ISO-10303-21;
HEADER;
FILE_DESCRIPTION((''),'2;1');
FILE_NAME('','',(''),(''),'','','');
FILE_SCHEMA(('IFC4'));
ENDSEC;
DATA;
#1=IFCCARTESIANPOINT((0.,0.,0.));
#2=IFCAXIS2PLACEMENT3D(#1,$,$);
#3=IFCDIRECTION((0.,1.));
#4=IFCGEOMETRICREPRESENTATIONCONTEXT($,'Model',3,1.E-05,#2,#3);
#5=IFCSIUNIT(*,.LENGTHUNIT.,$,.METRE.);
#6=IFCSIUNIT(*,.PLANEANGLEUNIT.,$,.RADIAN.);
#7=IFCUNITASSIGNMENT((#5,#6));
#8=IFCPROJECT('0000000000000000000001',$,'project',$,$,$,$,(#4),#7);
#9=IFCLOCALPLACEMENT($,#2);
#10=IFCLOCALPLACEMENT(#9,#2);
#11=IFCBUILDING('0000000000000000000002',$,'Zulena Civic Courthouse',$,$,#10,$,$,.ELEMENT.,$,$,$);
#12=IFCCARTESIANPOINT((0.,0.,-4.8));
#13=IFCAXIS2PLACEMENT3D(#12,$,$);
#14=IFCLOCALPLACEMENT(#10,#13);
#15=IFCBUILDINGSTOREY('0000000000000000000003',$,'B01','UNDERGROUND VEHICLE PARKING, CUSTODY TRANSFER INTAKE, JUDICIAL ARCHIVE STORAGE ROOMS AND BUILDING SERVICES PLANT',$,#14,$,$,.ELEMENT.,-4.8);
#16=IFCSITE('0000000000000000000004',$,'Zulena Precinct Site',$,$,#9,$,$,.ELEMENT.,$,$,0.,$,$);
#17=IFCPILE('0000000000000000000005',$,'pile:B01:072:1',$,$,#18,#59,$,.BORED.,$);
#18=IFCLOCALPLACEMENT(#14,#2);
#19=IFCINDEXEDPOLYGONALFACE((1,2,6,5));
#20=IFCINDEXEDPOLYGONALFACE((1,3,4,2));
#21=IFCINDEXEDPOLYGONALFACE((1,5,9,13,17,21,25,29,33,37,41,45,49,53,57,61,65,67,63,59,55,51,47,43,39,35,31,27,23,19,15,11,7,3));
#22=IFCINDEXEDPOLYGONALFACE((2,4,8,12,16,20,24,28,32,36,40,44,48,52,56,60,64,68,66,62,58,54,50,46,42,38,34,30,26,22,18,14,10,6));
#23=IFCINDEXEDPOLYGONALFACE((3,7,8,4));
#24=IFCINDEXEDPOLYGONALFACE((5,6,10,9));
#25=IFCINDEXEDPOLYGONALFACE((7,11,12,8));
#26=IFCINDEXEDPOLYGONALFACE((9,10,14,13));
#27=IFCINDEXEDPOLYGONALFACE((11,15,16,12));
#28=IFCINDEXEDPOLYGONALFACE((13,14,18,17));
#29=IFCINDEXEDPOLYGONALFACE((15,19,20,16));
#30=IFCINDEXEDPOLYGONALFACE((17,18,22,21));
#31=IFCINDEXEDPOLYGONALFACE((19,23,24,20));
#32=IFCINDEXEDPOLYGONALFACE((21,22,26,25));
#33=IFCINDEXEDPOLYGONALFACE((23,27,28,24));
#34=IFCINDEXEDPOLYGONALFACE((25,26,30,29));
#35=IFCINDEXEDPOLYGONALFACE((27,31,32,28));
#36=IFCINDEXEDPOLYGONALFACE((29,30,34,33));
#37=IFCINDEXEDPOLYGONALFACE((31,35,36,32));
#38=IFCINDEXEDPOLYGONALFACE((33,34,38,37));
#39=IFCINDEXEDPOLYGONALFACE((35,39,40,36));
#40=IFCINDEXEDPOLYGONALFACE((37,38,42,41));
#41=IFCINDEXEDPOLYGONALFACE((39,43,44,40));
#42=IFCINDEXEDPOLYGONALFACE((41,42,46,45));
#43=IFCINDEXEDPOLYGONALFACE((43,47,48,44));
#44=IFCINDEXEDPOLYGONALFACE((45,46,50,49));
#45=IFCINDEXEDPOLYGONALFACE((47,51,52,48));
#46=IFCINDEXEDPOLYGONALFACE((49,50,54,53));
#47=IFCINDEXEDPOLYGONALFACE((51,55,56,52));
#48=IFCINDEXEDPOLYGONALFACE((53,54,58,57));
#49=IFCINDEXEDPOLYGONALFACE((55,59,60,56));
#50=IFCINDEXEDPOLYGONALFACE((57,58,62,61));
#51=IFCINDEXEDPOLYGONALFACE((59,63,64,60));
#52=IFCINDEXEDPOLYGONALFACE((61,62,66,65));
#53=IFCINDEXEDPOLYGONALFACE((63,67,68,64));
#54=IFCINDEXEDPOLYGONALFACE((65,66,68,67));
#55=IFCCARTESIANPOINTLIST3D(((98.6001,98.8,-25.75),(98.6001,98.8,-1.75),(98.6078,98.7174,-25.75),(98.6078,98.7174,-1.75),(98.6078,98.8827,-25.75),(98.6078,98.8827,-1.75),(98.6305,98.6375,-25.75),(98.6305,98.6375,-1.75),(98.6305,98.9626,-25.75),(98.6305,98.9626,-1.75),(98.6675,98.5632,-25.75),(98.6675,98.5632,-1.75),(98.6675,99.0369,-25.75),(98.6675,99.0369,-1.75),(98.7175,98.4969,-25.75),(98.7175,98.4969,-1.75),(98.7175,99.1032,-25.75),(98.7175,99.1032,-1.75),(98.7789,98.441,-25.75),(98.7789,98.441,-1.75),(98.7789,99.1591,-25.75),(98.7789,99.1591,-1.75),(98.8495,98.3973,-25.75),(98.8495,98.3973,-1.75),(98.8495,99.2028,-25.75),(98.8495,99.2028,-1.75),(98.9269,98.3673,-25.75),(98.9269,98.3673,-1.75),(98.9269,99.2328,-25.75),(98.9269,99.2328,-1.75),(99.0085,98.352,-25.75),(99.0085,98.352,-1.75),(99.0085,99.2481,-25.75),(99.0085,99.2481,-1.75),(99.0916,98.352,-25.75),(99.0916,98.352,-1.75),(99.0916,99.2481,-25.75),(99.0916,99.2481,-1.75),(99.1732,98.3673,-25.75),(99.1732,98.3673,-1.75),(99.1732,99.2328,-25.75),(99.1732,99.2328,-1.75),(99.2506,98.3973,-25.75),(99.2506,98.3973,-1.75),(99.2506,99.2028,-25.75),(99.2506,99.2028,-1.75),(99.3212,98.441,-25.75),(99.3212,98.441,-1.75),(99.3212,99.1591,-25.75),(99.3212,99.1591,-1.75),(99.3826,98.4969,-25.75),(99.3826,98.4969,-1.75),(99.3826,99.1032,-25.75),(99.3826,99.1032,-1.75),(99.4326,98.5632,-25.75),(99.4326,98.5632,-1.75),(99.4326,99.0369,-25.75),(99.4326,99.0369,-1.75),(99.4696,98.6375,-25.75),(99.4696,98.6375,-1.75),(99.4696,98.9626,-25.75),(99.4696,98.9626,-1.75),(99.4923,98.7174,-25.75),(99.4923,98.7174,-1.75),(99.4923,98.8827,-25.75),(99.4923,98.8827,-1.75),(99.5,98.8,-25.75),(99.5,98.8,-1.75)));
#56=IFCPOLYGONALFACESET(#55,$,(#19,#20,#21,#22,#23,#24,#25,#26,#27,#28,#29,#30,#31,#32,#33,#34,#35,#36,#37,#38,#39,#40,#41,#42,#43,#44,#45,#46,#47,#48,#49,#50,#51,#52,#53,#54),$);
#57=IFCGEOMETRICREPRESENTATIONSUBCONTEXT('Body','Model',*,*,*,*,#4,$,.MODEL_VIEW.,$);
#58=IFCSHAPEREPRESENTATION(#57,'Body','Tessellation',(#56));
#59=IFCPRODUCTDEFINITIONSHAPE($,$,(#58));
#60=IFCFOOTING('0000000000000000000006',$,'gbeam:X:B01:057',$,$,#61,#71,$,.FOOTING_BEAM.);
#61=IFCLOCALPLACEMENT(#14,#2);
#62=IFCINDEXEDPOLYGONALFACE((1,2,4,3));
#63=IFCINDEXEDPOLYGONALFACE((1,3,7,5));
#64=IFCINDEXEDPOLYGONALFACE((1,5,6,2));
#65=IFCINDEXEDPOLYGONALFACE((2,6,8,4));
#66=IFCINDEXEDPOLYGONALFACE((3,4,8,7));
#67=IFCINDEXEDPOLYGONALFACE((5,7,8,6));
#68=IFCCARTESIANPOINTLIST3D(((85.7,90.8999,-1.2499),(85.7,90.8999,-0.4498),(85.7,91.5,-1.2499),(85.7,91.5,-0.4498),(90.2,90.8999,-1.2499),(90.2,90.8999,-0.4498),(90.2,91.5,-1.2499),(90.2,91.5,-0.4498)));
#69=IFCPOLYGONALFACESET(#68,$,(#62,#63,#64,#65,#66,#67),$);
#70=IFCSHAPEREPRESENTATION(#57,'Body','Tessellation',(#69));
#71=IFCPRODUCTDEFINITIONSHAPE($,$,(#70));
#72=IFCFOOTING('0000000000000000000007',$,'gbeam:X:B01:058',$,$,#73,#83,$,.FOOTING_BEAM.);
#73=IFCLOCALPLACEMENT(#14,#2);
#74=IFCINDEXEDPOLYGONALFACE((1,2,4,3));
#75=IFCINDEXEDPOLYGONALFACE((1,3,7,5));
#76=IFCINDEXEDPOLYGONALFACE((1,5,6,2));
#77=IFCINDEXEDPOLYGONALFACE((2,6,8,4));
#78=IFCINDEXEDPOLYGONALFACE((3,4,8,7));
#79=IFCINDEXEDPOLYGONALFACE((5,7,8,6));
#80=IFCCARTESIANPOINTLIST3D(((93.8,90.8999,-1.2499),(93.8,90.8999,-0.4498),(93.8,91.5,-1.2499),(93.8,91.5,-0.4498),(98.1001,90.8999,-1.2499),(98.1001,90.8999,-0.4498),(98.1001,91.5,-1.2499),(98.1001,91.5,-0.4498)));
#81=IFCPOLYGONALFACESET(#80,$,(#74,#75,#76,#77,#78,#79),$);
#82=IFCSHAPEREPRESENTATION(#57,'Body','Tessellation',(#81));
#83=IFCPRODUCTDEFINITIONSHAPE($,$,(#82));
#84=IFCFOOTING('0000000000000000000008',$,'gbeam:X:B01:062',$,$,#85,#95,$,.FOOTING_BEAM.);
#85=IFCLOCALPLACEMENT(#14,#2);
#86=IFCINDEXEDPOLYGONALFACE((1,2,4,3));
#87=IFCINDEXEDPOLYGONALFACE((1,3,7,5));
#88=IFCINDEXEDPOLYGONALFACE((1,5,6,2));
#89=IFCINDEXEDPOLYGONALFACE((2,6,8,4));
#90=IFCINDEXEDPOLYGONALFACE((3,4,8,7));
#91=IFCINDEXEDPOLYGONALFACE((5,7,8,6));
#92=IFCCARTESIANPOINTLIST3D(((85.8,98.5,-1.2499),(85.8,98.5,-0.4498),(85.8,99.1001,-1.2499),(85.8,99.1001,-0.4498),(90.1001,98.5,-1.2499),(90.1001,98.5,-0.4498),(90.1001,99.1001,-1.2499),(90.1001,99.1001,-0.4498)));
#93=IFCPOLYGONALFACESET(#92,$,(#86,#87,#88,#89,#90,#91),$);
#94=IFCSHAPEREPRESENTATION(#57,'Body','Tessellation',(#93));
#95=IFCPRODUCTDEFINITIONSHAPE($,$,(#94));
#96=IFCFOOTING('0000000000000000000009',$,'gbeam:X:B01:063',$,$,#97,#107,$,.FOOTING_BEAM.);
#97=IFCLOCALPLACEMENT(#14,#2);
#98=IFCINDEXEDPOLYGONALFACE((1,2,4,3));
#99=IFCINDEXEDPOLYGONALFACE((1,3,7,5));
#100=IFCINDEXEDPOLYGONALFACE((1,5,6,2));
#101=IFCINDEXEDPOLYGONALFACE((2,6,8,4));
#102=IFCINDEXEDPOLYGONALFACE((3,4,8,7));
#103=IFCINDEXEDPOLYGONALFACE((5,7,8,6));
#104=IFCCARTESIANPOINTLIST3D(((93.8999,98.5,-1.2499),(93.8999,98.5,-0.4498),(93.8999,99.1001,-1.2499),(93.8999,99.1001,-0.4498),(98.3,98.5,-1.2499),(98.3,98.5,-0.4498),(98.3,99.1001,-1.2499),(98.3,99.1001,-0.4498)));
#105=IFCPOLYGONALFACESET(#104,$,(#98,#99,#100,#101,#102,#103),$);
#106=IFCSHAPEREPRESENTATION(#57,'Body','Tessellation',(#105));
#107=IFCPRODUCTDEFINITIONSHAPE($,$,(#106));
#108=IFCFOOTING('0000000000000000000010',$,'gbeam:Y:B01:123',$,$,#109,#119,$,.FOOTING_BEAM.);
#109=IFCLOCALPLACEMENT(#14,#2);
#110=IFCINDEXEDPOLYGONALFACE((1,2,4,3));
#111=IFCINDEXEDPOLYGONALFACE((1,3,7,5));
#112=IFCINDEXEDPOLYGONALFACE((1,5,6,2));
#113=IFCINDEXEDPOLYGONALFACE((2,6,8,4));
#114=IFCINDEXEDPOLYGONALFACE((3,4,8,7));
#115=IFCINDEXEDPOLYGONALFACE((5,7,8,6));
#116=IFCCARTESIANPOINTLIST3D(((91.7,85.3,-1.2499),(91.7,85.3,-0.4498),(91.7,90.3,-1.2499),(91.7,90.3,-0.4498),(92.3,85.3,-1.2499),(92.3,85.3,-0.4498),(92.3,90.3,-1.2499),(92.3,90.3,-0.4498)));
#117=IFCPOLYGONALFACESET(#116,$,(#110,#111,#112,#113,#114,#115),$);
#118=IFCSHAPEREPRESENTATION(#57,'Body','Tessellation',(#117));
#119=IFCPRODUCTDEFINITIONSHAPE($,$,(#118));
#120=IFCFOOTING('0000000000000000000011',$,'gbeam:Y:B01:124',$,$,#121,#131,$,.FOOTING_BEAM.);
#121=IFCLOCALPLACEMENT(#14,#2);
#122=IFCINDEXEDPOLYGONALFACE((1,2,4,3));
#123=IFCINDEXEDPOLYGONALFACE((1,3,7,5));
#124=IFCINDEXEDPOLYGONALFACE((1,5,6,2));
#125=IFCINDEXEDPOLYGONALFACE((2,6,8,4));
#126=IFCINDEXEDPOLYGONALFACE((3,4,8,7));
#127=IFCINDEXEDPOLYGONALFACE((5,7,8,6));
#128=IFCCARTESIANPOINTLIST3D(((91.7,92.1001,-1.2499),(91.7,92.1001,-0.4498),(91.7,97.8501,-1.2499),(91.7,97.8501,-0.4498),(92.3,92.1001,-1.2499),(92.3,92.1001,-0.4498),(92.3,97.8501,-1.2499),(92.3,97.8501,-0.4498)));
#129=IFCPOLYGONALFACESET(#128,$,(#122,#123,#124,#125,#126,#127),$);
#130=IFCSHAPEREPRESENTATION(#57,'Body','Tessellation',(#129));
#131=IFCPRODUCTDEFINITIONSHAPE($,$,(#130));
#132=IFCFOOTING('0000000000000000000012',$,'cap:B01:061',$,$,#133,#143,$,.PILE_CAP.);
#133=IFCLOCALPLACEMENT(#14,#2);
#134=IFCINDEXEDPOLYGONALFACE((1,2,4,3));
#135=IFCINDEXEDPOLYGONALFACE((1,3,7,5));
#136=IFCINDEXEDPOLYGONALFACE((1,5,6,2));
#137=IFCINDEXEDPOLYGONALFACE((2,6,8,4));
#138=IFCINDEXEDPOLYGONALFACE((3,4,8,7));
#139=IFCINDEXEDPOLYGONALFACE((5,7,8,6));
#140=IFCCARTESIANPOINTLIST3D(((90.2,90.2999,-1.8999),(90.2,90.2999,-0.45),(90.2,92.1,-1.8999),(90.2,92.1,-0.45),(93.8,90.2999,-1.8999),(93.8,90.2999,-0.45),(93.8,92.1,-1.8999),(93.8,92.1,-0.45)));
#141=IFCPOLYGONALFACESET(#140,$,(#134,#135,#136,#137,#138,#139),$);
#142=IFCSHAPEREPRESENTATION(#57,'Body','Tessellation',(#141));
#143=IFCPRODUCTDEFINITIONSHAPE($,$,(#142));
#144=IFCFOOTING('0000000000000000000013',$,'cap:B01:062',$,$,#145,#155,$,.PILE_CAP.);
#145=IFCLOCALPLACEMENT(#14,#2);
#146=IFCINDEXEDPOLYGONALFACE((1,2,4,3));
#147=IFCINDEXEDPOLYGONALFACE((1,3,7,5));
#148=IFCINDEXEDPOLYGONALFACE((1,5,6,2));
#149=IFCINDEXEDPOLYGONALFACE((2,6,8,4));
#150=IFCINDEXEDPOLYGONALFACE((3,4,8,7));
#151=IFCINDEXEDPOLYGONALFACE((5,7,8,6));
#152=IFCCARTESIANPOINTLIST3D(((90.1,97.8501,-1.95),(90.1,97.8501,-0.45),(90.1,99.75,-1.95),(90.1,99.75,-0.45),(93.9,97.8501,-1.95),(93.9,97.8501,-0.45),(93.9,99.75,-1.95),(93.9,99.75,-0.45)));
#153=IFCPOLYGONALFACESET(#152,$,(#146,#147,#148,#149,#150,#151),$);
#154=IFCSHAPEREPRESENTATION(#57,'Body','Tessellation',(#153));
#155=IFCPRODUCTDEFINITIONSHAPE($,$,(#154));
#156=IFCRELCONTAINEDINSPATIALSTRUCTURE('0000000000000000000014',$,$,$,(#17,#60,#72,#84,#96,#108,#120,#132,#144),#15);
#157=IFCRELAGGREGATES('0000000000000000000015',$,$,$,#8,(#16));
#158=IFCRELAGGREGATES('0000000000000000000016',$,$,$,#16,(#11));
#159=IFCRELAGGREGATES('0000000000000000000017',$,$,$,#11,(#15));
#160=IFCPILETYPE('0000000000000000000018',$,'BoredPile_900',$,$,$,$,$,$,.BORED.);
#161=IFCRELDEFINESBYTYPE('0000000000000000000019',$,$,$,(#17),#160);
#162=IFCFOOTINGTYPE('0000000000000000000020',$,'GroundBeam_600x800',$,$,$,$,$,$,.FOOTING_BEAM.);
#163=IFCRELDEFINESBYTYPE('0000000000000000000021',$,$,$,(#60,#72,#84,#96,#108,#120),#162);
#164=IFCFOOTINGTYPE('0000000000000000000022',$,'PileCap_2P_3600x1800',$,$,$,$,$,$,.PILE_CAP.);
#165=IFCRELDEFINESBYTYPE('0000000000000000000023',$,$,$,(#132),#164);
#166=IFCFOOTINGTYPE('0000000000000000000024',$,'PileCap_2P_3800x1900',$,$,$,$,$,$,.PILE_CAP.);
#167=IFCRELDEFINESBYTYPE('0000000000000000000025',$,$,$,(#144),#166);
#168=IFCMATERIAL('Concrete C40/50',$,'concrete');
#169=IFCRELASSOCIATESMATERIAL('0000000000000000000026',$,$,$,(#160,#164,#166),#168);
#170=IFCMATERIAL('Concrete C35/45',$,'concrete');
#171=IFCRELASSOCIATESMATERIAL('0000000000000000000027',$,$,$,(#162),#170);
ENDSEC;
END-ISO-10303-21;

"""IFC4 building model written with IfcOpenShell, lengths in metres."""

from ifc_helpers import new_model, si_unit, direction, frame, origin, origin_2d, place, context, subcontext, project, spatial, rectangle, circle, extrude, material, material_profile, profile_set, type_object, element, save


model = new_model("IFC4")

# Units and contexts
model_context = context("Model", 3, precision=1e-05, world=origin(), true_north=direction((0.0, 1.0)))
body_context = subcontext(model_context, "Body", "Model", "MODEL_VIEW")
ifc_project = project(units=[si_unit("LENGTHUNIT", "METRE"), si_unit("PLANEANGLEUNIT", "RADIAN")], contexts=[model_context])

# Site, building, storey
site_placement = place(None, origin())
site = spatial("IfcSite", under=ifc_project, at=site_placement, Name="Zulena Precinct Site", CompositionType="ELEMENT", RefElevation=0.0)
building_placement = place(site_placement, origin())
building = spatial("IfcBuilding", under=site, at=building_placement, Name="Zulena Civic Courthouse", CompositionType="ELEMENT")
storey_placement = place(building_placement, frame((0.0, 0.0, -4.8)))
storey = spatial("IfcBuildingStorey", under=building, at=storey_placement, Name="B01", Description="UNDERGROUND VEHICLE PARKING, CUSTODY TRANSFER INTAKE, JUDICIAL ARCHIVE STORAGE ROOMS AND BUILDING SERVICES PLANT", CompositionType="ELEMENT", Elevation=-4.8)

# Pile
ifc_material_1 = material(Name="Concrete C40/50", Category="concrete")
ifc_material_profile_1 = material_profile(ifc_material_1, circle(Radius=0.45, at=origin_2d()), Name="PILE900")
ifc_profile_set_1 = profile_set([ifc_material_profile_1], Name="Concrete C40/50")
pile_type_1 = type_object("IfcPileType", Name="BoredPile_900", PredefinedType="BORED", material=ifc_profile_set_1)
for number, where, z_axis, x_axis, name in (
    (1, (99.05, 98.8, -1.75), (0.0, 0.0, -1.0), (1.0, 0.0, 0.0), "pile:B01:072:1"),
):
    element("IfcPile", number, at=place(storey_placement, frame(where, z_axis=z_axis, x_axis=x_axis)), inside=storey, type_object=pile_type_1, Name=name, PredefinedType="BORED", context=body_context, shape_type="SweptSolid", body=[
        extrude(circle(Radius=0.45, at=origin_2d()), origin(), (0.0, 0.0, 1.0), 24.0),
    ])

# Footings
ifc_material_2 = material(Name="Concrete C35/45", Category="concrete")
ifc_material_profile_2 = material_profile(ifc_material_2, rectangle(XDim=0.6001, YDim=0.8, at=origin_2d()), Name="RC600X800")
ifc_profile_set_2 = profile_set([ifc_material_profile_2], Name="Concrete C35/45")
footing_type_1 = type_object("IfcFootingType", Name="GroundBeam_600x800", PredefinedType="FOOTING_BEAM", material=ifc_profile_set_2)
footing_1_placement = place(storey_placement, frame((85.7, 91.2, -0.8499), z_axis=(1.0, 0.0, 0.0), x_axis=(0.0, 1.0, 0.0)))
element("IfcFooting", 2, at=footing_1_placement, inside=storey, type_object=footing_type_1, Name="gbeam:X:B01:057", PredefinedType="FOOTING_BEAM", context=body_context, shape_type="SweptSolid", body=[
    extrude(rectangle(XDim=0.6001, YDim=0.8, at=origin_2d()), origin(), (0.0, 0.0, 1.0), 4.5),
])
for number, where, z_axis, x_axis, name in (
    (3, (93.8, 91.2, -0.8499), (1.0, 0.0, 0.0), (0.0, 1.0, 0.0), "gbeam:X:B01:058"),
    (4, (85.8, 98.8, -0.8499), (1.0, 0.0, 0.0), (0.0, 1.0, 0.0), "gbeam:X:B01:062"),
):
    element("IfcFooting", number, at=place(storey_placement, frame(where, z_axis=z_axis, x_axis=x_axis)), inside=storey, type_object=footing_type_1, Name=name, PredefinedType="FOOTING_BEAM", context=body_context, shape_type="SweptSolid", body=[
        extrude(rectangle(XDim=0.6001, YDim=0.8, at=origin_2d()), origin(), (0.0, 0.0, 1.0), 4.3),
    ])
footing_2_placement = place(storey_placement, frame((93.8999, 98.8, -0.8499), z_axis=(1.0, 0.0, 0.0), x_axis=(0.0, 1.0, 0.0)))
element("IfcFooting", 5, at=footing_2_placement, inside=storey, type_object=footing_type_1, Name="gbeam:X:B01:063", PredefinedType="FOOTING_BEAM", context=body_context, shape_type="SweptSolid", body=[
    extrude(rectangle(XDim=0.6001, YDim=0.8, at=origin_2d()), origin(), (0.0, 0.0, 1.0), 4.4001),
])
footing_3_placement = place(storey_placement, frame((92.0, 85.3, -0.8499), z_axis=(0.0, 1.0, 0.0), x_axis=(-1.0, 0.0, 0.0)))
element("IfcFooting", 6, at=footing_3_placement, inside=storey, type_object=footing_type_1, Name="gbeam:Y:B01:123", PredefinedType="FOOTING_BEAM", context=body_context, shape_type="SweptSolid", body=[
    extrude(rectangle(XDim=0.6001, YDim=0.8, at=origin_2d()), origin(), (0.0, 0.0, 1.0), 5.0),
])
footing_4_placement = place(storey_placement, frame((92.0, 92.1001, -0.8499), z_axis=(0.0, 1.0, 0.0), x_axis=(-1.0, 0.0, 0.0)))
element("IfcFooting", 7, at=footing_4_placement, inside=storey, type_object=footing_type_1, Name="gbeam:Y:B01:124", PredefinedType="FOOTING_BEAM", context=body_context, shape_type="SweptSolid", body=[
    extrude(rectangle(XDim=0.6001, YDim=0.8, at=origin_2d()), origin(), (0.0, 0.0, 1.0), 5.75),
])
footing_type_2 = type_object("IfcFootingType", Name="PileCap_2P_3600x1800", PredefinedType="PILE_CAP", material=ifc_material_1)
footing_5_placement = place(storey_placement, frame((92.0, 91.2, -1.8999), z_axis=(0.0, 0.0, 1.0), x_axis=(1.0, 0.0, 0.0)))
element("IfcFooting", 8, at=footing_5_placement, inside=storey, type_object=footing_type_2, Name="cap:B01:061", PredefinedType="PILE_CAP", context=body_context, shape_type="SweptSolid", body=[
    extrude(rectangle(XDim=3.6001, YDim=1.8, at=origin_2d()), origin(), (0.0, 0.0, 1.0), 1.45),
])
footing_type_3 = type_object("IfcFootingType", Name="PileCap_2P_3800x1900", PredefinedType="PILE_CAP", material=ifc_material_1)
footing_6_placement = place(storey_placement, frame((92.0, 98.8, -1.95), z_axis=(0.0, 0.0, 1.0), x_axis=(1.0, 0.0, 0.0)))
element("IfcFooting", 9, at=footing_6_placement, inside=storey, type_object=footing_type_3, Name="cap:B01:062", PredefinedType="PILE_CAP", context=body_context, shape_type="SweptSolid", body=[
    extrude(rectangle(XDim=3.8, YDim=1.8999, at=origin_2d()), origin(), (0.0, 0.0, 1.0), 1.5),
])

save(model, "model.ifc")
